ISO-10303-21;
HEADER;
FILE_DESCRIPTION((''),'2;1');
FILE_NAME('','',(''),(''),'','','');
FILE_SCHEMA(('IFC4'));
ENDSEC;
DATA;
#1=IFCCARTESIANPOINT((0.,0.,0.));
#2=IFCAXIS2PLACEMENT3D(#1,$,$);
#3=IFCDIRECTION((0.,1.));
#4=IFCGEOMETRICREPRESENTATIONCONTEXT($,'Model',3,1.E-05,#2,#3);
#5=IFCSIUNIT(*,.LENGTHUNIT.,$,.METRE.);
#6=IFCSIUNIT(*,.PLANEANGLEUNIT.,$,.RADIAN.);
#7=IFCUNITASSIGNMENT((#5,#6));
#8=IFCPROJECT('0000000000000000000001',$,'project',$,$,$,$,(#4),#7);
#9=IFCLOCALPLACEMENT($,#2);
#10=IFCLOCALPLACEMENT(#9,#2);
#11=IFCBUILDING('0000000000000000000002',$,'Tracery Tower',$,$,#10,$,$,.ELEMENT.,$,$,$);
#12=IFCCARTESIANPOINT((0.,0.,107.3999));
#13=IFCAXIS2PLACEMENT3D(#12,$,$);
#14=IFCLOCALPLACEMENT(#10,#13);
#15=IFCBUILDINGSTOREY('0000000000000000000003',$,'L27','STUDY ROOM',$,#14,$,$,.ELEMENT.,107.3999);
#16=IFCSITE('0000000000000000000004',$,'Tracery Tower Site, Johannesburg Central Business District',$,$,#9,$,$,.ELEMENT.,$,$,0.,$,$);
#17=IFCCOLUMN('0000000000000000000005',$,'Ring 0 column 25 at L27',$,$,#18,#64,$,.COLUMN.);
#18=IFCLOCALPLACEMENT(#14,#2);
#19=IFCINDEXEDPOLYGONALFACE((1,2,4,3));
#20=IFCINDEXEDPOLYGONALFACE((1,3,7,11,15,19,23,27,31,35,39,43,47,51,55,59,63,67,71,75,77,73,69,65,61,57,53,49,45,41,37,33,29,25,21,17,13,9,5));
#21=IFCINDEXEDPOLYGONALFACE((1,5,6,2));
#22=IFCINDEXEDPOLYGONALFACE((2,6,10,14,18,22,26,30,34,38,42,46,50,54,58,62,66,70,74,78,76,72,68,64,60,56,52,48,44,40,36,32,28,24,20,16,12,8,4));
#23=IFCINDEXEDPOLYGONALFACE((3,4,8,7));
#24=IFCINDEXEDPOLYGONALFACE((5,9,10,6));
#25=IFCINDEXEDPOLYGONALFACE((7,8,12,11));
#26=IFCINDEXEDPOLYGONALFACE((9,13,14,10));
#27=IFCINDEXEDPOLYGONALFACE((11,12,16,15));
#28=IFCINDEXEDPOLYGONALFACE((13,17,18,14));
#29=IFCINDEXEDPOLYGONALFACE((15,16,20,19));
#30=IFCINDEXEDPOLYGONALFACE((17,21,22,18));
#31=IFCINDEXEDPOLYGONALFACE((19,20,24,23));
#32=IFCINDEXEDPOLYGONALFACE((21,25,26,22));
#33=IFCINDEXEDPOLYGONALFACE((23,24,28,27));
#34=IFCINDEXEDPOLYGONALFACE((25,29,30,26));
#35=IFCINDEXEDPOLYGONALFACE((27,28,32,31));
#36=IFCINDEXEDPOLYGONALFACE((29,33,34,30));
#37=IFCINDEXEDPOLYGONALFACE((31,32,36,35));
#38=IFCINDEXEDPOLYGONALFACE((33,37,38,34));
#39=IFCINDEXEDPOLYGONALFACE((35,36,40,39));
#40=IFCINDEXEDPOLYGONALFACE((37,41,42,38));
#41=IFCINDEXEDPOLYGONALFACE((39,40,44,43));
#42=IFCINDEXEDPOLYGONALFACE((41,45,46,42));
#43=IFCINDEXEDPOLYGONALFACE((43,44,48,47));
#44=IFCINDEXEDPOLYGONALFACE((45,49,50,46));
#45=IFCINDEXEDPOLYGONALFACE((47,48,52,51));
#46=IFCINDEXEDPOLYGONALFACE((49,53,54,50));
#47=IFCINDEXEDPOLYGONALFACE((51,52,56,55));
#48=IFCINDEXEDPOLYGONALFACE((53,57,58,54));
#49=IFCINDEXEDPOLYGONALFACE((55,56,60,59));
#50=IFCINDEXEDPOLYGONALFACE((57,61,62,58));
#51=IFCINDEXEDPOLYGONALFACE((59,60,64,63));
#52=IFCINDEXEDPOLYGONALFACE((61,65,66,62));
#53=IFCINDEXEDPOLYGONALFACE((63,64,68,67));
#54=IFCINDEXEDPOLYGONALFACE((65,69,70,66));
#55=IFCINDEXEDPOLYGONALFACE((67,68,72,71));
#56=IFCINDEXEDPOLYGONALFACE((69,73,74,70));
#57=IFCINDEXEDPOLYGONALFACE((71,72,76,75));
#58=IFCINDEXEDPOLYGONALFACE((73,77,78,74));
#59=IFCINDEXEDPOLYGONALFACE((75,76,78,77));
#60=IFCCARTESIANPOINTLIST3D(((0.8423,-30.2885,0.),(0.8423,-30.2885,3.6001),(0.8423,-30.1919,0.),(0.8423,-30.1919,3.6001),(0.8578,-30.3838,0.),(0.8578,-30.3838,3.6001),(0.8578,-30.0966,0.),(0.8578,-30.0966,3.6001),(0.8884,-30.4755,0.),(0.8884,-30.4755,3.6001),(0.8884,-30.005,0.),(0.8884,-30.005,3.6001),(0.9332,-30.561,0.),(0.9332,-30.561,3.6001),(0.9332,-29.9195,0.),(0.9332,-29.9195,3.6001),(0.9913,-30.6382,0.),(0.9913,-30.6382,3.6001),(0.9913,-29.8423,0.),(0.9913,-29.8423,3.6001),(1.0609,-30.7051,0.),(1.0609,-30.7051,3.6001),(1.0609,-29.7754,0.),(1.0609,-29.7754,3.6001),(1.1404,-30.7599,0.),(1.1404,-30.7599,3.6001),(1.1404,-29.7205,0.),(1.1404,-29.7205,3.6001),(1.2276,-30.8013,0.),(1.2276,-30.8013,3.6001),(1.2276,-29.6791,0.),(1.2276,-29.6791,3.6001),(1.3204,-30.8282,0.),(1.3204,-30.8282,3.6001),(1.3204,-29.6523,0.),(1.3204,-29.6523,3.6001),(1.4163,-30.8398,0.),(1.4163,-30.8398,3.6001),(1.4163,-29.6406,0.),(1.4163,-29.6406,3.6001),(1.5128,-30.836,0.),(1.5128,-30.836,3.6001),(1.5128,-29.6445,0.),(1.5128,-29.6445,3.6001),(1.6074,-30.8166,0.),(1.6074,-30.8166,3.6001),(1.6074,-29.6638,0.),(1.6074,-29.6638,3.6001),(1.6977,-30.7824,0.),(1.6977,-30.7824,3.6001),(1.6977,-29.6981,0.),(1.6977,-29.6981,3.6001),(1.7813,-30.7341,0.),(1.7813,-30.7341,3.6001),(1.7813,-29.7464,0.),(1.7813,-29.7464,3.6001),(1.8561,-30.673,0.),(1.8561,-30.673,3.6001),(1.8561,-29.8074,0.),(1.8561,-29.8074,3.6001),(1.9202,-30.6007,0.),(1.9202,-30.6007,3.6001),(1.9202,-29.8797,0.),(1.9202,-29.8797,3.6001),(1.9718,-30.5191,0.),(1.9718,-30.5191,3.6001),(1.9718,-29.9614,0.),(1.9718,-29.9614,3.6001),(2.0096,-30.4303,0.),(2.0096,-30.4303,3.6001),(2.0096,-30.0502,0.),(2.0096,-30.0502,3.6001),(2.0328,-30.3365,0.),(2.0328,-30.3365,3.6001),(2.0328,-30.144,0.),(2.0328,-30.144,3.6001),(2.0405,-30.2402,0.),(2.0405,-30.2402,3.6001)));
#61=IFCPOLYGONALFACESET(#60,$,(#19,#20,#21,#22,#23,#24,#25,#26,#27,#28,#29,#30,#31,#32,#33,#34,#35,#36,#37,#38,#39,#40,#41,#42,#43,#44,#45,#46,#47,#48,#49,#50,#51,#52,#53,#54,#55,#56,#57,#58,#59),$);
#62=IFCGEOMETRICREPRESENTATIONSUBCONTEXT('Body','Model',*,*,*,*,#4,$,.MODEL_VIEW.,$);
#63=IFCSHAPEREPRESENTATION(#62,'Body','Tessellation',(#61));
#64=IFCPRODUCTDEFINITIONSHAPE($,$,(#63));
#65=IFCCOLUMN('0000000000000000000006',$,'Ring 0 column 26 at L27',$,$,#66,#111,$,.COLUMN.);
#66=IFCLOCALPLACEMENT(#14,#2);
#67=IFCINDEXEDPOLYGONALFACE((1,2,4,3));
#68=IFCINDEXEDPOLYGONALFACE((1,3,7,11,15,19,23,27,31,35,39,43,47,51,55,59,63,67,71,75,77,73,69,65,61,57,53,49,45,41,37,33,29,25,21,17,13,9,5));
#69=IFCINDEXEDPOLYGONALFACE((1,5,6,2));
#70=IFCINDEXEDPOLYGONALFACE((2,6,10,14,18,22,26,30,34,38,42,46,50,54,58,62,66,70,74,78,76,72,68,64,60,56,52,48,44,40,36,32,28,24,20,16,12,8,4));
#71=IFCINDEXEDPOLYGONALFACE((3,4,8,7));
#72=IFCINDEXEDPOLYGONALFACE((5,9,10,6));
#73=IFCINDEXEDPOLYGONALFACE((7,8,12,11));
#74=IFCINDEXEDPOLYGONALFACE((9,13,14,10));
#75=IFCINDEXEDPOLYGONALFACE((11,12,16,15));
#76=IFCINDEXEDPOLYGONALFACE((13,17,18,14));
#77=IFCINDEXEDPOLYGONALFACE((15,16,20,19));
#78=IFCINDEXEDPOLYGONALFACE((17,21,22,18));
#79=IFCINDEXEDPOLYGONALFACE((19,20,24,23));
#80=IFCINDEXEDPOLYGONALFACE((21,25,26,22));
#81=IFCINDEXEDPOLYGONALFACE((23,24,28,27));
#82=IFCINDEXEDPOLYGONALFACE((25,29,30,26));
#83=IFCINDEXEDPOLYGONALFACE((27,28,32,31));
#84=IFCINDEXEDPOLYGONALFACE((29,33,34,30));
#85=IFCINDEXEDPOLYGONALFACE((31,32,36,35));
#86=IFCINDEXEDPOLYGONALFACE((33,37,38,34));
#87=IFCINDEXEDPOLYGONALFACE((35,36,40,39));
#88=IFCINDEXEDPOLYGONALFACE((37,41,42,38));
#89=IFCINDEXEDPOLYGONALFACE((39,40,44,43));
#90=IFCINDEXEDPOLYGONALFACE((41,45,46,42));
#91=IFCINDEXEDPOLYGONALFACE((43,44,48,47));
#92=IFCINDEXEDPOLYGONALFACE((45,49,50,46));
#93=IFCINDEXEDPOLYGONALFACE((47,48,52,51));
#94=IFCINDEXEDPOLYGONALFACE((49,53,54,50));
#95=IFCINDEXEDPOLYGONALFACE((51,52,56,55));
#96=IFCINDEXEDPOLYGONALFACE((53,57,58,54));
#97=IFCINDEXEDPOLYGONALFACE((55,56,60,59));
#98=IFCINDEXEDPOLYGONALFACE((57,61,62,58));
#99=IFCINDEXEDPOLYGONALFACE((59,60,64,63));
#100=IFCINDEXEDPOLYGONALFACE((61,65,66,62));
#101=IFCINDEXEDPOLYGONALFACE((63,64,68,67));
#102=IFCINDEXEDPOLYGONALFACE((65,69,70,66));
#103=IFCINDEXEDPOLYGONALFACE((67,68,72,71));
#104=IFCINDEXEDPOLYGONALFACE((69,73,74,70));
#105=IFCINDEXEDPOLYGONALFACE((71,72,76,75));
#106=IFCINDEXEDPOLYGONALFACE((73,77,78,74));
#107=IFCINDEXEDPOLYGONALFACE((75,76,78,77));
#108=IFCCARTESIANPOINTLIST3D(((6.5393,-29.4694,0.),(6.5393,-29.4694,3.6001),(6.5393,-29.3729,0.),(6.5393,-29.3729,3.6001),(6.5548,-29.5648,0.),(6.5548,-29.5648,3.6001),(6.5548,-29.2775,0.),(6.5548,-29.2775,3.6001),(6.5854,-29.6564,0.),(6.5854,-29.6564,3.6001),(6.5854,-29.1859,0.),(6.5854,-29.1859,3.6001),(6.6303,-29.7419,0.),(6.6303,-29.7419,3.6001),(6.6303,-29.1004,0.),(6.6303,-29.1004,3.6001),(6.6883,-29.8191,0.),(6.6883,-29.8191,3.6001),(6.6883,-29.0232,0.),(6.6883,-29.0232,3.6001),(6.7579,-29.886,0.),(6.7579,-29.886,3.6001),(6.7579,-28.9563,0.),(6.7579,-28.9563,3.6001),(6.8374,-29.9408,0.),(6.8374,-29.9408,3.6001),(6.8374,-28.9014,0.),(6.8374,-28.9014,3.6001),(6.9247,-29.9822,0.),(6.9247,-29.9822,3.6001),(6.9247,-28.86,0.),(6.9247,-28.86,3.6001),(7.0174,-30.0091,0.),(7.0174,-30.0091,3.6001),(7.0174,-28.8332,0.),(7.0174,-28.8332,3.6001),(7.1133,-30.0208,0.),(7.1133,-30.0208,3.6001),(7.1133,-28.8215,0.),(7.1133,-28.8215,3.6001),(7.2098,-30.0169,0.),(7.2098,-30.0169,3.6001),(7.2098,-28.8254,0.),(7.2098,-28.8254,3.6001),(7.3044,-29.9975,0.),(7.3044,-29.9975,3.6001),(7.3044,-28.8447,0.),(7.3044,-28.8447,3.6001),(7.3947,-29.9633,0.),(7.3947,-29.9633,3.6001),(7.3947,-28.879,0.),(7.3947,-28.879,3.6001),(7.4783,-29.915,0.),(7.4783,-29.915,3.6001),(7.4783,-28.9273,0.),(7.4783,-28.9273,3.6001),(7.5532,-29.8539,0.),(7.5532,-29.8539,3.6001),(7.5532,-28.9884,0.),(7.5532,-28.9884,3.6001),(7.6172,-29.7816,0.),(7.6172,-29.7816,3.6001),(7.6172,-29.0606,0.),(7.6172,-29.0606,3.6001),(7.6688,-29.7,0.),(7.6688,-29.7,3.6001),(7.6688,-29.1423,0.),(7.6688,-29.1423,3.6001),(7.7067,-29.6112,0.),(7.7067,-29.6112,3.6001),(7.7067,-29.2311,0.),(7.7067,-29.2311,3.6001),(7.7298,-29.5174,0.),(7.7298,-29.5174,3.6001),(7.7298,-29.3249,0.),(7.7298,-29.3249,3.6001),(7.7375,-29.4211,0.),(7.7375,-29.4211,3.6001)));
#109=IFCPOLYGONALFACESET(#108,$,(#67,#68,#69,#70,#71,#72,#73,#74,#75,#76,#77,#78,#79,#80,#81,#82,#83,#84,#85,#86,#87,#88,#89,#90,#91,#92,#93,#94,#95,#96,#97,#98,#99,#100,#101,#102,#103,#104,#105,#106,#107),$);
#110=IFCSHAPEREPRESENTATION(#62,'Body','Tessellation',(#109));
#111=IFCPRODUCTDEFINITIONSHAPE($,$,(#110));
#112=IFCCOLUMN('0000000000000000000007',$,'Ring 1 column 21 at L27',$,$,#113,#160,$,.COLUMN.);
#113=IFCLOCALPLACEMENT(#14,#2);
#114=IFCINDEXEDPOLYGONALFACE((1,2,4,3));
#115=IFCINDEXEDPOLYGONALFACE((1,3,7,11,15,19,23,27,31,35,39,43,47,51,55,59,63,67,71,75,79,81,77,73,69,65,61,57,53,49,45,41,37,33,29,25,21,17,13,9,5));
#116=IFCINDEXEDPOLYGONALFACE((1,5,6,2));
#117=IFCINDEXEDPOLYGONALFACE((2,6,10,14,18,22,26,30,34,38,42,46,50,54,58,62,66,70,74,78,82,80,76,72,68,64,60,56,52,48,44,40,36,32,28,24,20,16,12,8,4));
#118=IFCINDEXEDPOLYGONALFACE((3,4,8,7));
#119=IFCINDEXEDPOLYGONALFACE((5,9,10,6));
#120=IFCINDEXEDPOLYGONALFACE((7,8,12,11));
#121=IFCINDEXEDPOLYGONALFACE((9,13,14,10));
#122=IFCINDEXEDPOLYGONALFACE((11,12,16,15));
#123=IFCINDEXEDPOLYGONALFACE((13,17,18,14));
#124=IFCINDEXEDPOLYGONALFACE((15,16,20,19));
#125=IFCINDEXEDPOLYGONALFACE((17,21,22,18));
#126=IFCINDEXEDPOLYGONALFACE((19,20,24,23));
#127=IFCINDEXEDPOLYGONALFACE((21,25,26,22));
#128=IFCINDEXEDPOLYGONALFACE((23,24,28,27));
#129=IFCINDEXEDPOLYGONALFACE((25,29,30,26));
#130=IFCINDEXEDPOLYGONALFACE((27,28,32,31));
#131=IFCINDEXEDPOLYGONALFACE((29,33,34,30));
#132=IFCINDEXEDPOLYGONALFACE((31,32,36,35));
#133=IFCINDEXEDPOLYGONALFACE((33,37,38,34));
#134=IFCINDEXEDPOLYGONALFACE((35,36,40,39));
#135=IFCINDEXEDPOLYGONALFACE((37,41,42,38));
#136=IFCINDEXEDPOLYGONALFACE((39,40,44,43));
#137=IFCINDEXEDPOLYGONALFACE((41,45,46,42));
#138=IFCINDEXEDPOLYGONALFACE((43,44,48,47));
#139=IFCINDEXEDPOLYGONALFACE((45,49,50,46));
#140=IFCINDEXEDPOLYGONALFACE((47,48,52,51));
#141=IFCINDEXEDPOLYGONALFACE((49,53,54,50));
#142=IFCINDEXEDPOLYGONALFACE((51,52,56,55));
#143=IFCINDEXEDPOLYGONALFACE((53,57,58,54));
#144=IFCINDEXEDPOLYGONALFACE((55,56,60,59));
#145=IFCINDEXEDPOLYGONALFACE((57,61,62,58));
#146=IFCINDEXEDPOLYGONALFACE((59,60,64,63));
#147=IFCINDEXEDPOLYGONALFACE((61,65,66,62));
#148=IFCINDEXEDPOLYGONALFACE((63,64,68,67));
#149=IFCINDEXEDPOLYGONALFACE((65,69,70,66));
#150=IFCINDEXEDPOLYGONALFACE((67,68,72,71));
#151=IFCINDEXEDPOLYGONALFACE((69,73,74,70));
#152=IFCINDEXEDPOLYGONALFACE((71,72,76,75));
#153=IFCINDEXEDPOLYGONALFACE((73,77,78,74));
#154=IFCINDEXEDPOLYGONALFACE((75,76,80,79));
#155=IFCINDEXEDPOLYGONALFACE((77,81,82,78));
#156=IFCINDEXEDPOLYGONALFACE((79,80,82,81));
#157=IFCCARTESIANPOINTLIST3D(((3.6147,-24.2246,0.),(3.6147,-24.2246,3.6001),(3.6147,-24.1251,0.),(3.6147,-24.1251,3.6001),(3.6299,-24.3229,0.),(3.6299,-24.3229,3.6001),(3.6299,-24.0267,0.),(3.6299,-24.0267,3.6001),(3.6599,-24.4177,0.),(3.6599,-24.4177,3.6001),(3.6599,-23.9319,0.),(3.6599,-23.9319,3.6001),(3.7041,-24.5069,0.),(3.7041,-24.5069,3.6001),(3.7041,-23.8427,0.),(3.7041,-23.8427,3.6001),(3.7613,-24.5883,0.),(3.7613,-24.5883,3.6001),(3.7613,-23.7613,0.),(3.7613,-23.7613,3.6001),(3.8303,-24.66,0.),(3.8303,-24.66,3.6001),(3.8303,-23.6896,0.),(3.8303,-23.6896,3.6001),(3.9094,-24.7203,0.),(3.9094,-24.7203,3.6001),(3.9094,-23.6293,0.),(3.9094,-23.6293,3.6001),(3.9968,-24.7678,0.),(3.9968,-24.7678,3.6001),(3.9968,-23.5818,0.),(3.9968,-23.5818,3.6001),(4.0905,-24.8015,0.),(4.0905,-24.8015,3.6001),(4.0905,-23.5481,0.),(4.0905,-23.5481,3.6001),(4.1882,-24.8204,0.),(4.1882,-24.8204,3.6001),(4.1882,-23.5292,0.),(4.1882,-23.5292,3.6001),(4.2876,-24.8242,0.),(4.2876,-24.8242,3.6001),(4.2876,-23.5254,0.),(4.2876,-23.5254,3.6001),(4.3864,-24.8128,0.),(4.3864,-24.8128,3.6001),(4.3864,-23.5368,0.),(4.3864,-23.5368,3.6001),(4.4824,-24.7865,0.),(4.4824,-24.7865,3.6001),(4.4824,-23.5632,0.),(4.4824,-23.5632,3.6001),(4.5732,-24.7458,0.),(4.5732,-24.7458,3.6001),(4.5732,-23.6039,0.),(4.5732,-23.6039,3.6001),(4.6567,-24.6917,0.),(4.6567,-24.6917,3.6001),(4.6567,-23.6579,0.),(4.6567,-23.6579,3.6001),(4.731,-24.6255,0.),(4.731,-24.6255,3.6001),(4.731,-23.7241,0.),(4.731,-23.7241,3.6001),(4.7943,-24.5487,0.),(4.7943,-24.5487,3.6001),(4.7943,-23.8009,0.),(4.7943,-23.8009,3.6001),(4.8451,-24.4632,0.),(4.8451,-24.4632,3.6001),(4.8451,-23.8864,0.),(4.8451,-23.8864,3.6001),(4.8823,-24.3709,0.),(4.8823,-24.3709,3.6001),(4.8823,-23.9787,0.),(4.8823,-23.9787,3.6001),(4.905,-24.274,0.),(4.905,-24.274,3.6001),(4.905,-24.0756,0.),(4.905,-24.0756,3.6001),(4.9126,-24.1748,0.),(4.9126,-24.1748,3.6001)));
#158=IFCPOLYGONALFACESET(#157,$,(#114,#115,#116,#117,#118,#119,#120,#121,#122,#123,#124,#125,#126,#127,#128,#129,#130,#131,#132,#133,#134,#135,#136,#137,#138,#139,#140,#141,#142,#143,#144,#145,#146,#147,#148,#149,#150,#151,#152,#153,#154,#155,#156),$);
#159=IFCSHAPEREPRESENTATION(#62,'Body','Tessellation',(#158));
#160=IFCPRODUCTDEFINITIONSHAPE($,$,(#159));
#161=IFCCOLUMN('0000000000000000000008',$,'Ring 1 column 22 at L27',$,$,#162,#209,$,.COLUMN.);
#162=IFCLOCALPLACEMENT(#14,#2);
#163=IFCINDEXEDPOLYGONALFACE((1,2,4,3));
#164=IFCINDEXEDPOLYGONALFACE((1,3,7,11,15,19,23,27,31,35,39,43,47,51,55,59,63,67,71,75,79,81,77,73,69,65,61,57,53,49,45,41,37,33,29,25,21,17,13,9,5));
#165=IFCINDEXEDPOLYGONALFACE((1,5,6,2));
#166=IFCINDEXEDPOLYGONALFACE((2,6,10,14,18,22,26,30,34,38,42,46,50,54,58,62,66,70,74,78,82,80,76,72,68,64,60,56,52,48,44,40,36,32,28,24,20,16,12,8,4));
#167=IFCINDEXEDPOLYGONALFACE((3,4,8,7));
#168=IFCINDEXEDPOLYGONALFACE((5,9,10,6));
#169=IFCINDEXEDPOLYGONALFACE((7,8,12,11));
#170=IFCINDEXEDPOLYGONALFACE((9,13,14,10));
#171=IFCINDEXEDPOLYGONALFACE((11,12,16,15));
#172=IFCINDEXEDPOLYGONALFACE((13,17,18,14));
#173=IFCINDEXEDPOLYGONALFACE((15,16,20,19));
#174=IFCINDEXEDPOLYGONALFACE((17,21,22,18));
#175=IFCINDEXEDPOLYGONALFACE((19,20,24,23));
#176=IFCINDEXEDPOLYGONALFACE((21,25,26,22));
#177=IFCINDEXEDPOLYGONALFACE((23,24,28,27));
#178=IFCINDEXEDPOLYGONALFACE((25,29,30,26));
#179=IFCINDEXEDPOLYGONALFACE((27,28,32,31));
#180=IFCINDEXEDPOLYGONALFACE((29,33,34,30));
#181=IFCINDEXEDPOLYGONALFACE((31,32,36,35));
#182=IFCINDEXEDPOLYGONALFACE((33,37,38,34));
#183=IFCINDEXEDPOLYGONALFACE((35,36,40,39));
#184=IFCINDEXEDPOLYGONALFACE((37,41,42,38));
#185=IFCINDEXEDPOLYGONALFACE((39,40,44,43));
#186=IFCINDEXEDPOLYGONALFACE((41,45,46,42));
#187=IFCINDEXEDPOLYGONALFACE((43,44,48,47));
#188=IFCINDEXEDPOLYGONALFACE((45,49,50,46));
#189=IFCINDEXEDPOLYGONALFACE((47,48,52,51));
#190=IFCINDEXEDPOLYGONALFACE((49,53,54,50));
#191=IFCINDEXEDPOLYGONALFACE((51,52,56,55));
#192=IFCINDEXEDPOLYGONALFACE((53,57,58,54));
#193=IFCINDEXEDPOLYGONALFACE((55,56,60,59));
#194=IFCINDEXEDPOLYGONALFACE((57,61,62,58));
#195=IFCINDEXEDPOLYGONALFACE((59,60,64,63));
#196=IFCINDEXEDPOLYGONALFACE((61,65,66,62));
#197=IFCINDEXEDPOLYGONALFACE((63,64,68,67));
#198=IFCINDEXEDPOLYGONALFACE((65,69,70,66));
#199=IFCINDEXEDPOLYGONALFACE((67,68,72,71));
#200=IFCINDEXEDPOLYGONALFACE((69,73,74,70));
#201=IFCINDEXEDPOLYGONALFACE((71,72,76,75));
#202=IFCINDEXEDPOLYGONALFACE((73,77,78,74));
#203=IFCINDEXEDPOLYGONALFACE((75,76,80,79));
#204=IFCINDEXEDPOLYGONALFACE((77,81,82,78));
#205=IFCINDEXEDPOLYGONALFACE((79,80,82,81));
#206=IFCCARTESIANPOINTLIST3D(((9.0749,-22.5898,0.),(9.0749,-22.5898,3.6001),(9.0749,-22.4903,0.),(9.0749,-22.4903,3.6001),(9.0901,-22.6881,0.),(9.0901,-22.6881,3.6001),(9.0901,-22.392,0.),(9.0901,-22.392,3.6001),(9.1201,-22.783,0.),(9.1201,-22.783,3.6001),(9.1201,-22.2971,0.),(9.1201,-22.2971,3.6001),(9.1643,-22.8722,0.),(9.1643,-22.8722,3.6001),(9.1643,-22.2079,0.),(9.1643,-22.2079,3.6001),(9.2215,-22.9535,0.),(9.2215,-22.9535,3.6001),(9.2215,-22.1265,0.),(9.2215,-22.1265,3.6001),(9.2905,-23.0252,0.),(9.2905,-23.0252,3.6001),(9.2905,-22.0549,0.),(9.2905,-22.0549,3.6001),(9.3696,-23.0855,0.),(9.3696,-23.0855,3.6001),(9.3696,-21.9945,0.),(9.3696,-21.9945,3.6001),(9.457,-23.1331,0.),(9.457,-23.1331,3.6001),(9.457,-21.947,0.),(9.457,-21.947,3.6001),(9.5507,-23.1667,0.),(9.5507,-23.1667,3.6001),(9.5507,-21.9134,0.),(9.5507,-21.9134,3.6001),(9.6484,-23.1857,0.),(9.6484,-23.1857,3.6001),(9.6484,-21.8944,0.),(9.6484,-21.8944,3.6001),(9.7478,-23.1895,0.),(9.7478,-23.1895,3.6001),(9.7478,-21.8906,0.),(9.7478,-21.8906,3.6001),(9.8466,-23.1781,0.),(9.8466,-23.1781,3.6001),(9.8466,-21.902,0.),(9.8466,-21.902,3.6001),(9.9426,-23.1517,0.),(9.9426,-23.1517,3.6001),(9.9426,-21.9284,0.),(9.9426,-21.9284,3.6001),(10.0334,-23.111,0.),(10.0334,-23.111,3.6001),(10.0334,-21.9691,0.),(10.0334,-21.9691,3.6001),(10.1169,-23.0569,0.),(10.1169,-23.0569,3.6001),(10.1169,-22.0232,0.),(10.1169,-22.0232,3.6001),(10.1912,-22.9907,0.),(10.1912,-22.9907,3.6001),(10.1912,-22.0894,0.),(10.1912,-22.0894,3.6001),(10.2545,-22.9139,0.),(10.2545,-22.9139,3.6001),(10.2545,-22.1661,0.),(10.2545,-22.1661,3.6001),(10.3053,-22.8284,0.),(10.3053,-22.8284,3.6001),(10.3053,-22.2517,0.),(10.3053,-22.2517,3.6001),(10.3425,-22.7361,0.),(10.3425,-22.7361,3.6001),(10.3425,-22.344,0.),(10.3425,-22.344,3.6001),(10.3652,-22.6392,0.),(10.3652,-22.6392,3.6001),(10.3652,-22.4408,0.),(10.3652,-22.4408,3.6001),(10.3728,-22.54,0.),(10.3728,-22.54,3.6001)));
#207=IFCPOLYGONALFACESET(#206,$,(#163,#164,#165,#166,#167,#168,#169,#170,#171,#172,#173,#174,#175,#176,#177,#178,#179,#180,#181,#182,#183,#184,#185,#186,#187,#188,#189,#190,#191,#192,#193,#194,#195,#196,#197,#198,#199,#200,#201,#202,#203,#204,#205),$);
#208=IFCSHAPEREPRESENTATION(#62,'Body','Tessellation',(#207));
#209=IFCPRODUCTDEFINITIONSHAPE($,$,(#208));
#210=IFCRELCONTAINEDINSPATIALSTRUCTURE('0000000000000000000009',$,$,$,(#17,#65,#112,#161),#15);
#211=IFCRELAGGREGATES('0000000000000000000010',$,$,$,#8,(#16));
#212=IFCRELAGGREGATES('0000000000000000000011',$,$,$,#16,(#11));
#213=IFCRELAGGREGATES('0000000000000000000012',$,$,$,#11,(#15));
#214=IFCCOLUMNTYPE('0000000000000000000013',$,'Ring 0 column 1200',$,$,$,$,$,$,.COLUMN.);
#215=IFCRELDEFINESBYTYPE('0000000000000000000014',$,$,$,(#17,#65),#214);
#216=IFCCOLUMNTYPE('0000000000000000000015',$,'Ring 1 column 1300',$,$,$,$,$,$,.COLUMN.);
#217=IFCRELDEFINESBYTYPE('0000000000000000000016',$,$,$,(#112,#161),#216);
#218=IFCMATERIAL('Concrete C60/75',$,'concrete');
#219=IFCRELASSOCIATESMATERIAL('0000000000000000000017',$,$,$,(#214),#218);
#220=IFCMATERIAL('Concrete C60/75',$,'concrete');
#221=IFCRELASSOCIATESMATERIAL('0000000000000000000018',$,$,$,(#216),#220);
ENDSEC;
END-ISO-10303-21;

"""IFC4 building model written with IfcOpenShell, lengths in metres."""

from ifc_helpers import new_model, si_unit, direction, frame, origin, origin_2d, place, context, subcontext, project, spatial, circle, extrude, material, material_profile, profile_set, type_object, element, save


model = new_model("IFC4")

# Units and contexts
model_context = context("Model", 3, precision=1e-05, world=origin(), true_north=direction((0.0, 1.0)))
body_context = subcontext(model_context, "Body", "Model", "MODEL_VIEW")
ifc_project = project(units=[si_unit("LENGTHUNIT", "METRE"), si_unit("PLANEANGLEUNIT", "RADIAN")], contexts=[model_context])

# Site, building, storey
site_placement = place(None, origin())
site = spatial("IfcSite", under=ifc_project, at=site_placement, Name="Tracery Tower Site, Johannesburg Central Business District", CompositionType="ELEMENT", RefElevation=0.0)
building_placement = place(site_placement, origin())
building = spatial("IfcBuilding", under=site, at=building_placement, Name="Tracery Tower", CompositionType="ELEMENT")
storey_placement = place(building_placement, frame((0.0, 0.0, 107.3999)))
storey = spatial("IfcBuildingStorey", under=building, at=storey_placement, Name="L27", Description="STUDY ROOM", CompositionType="ELEMENT", Elevation=107.3999)

# Columns
ifc_material_1 = material(Name="Concrete C60/75", Category="concrete")
ifc_material_profile_1 = material_profile(ifc_material_1, circle(Radius=0.6001, at=origin_2d()), Name="RC D1200")
ifc_profile_set_1 = profile_set([ifc_material_profile_1], Name="Concrete C60/75")
column_type_1 = type_object("IfcColumnType", Name="Ring 0 column 1200", PredefinedType="COLUMN", material=ifc_profile_set_1)
for number, where, z_axis, x_axis, name in (
    (1, (1.4404, -30.2402, 0.0), (0.0, 0.0, 1.0), (1.0, 0.0, 0.0), "Ring 0 column 25 at L27"),
    (2, (7.1375, -29.4211, 0.0), (0.0, 0.0, 1.0), (1.0, 0.0, 0.0), "Ring 0 column 26 at L27"),
):
    element("IfcColumn", number, at=place(storey_placement, frame(where, z_axis=z_axis, x_axis=x_axis)), inside=storey, type_object=column_type_1, Name=name, PredefinedType="COLUMN", context=body_context, shape_type="SweptSolid", body=[
        extrude(circle(Radius=0.6001, at=origin_2d()), origin(), (0.0, 0.0, 1.0), 3.6001),
    ])
ifc_material_2 = material(Name="Concrete C60/75", Category="concrete")
ifc_material_profile_2 = material_profile(ifc_material_2, circle(Radius=0.6499, at=origin_2d()), Name="RC D1300")
ifc_profile_set_2 = profile_set([ifc_material_profile_2], Name="Concrete C60/75")
column_type_2 = type_object("IfcColumnType", Name="Ring 1 column 1300", PredefinedType="COLUMN", material=ifc_profile_set_2)
for number, where, z_axis, x_axis, name in (
    (3, (4.2627, -24.1748, 0.0), (0.0, 0.0, 1.0), (1.0, 0.0, 0.0), "Ring 1 column 21 at L27"),
    (4, (9.7229, -22.54, 0.0), (0.0, 0.0, 1.0), (1.0, 0.0, 0.0), "Ring 1 column 22 at L27"),
):
    element("IfcColumn", number, at=place(storey_placement, frame(where, z_axis=z_axis, x_axis=x_axis)), inside=storey, type_object=column_type_2, Name=name, PredefinedType="COLUMN", context=body_context, shape_type="SweptSolid", body=[
        extrude(circle(Radius=0.6499, at=origin_2d()), origin(), (0.0, 0.0, 1.0), 3.6001),
    ])

save(model, "model.ifc")
